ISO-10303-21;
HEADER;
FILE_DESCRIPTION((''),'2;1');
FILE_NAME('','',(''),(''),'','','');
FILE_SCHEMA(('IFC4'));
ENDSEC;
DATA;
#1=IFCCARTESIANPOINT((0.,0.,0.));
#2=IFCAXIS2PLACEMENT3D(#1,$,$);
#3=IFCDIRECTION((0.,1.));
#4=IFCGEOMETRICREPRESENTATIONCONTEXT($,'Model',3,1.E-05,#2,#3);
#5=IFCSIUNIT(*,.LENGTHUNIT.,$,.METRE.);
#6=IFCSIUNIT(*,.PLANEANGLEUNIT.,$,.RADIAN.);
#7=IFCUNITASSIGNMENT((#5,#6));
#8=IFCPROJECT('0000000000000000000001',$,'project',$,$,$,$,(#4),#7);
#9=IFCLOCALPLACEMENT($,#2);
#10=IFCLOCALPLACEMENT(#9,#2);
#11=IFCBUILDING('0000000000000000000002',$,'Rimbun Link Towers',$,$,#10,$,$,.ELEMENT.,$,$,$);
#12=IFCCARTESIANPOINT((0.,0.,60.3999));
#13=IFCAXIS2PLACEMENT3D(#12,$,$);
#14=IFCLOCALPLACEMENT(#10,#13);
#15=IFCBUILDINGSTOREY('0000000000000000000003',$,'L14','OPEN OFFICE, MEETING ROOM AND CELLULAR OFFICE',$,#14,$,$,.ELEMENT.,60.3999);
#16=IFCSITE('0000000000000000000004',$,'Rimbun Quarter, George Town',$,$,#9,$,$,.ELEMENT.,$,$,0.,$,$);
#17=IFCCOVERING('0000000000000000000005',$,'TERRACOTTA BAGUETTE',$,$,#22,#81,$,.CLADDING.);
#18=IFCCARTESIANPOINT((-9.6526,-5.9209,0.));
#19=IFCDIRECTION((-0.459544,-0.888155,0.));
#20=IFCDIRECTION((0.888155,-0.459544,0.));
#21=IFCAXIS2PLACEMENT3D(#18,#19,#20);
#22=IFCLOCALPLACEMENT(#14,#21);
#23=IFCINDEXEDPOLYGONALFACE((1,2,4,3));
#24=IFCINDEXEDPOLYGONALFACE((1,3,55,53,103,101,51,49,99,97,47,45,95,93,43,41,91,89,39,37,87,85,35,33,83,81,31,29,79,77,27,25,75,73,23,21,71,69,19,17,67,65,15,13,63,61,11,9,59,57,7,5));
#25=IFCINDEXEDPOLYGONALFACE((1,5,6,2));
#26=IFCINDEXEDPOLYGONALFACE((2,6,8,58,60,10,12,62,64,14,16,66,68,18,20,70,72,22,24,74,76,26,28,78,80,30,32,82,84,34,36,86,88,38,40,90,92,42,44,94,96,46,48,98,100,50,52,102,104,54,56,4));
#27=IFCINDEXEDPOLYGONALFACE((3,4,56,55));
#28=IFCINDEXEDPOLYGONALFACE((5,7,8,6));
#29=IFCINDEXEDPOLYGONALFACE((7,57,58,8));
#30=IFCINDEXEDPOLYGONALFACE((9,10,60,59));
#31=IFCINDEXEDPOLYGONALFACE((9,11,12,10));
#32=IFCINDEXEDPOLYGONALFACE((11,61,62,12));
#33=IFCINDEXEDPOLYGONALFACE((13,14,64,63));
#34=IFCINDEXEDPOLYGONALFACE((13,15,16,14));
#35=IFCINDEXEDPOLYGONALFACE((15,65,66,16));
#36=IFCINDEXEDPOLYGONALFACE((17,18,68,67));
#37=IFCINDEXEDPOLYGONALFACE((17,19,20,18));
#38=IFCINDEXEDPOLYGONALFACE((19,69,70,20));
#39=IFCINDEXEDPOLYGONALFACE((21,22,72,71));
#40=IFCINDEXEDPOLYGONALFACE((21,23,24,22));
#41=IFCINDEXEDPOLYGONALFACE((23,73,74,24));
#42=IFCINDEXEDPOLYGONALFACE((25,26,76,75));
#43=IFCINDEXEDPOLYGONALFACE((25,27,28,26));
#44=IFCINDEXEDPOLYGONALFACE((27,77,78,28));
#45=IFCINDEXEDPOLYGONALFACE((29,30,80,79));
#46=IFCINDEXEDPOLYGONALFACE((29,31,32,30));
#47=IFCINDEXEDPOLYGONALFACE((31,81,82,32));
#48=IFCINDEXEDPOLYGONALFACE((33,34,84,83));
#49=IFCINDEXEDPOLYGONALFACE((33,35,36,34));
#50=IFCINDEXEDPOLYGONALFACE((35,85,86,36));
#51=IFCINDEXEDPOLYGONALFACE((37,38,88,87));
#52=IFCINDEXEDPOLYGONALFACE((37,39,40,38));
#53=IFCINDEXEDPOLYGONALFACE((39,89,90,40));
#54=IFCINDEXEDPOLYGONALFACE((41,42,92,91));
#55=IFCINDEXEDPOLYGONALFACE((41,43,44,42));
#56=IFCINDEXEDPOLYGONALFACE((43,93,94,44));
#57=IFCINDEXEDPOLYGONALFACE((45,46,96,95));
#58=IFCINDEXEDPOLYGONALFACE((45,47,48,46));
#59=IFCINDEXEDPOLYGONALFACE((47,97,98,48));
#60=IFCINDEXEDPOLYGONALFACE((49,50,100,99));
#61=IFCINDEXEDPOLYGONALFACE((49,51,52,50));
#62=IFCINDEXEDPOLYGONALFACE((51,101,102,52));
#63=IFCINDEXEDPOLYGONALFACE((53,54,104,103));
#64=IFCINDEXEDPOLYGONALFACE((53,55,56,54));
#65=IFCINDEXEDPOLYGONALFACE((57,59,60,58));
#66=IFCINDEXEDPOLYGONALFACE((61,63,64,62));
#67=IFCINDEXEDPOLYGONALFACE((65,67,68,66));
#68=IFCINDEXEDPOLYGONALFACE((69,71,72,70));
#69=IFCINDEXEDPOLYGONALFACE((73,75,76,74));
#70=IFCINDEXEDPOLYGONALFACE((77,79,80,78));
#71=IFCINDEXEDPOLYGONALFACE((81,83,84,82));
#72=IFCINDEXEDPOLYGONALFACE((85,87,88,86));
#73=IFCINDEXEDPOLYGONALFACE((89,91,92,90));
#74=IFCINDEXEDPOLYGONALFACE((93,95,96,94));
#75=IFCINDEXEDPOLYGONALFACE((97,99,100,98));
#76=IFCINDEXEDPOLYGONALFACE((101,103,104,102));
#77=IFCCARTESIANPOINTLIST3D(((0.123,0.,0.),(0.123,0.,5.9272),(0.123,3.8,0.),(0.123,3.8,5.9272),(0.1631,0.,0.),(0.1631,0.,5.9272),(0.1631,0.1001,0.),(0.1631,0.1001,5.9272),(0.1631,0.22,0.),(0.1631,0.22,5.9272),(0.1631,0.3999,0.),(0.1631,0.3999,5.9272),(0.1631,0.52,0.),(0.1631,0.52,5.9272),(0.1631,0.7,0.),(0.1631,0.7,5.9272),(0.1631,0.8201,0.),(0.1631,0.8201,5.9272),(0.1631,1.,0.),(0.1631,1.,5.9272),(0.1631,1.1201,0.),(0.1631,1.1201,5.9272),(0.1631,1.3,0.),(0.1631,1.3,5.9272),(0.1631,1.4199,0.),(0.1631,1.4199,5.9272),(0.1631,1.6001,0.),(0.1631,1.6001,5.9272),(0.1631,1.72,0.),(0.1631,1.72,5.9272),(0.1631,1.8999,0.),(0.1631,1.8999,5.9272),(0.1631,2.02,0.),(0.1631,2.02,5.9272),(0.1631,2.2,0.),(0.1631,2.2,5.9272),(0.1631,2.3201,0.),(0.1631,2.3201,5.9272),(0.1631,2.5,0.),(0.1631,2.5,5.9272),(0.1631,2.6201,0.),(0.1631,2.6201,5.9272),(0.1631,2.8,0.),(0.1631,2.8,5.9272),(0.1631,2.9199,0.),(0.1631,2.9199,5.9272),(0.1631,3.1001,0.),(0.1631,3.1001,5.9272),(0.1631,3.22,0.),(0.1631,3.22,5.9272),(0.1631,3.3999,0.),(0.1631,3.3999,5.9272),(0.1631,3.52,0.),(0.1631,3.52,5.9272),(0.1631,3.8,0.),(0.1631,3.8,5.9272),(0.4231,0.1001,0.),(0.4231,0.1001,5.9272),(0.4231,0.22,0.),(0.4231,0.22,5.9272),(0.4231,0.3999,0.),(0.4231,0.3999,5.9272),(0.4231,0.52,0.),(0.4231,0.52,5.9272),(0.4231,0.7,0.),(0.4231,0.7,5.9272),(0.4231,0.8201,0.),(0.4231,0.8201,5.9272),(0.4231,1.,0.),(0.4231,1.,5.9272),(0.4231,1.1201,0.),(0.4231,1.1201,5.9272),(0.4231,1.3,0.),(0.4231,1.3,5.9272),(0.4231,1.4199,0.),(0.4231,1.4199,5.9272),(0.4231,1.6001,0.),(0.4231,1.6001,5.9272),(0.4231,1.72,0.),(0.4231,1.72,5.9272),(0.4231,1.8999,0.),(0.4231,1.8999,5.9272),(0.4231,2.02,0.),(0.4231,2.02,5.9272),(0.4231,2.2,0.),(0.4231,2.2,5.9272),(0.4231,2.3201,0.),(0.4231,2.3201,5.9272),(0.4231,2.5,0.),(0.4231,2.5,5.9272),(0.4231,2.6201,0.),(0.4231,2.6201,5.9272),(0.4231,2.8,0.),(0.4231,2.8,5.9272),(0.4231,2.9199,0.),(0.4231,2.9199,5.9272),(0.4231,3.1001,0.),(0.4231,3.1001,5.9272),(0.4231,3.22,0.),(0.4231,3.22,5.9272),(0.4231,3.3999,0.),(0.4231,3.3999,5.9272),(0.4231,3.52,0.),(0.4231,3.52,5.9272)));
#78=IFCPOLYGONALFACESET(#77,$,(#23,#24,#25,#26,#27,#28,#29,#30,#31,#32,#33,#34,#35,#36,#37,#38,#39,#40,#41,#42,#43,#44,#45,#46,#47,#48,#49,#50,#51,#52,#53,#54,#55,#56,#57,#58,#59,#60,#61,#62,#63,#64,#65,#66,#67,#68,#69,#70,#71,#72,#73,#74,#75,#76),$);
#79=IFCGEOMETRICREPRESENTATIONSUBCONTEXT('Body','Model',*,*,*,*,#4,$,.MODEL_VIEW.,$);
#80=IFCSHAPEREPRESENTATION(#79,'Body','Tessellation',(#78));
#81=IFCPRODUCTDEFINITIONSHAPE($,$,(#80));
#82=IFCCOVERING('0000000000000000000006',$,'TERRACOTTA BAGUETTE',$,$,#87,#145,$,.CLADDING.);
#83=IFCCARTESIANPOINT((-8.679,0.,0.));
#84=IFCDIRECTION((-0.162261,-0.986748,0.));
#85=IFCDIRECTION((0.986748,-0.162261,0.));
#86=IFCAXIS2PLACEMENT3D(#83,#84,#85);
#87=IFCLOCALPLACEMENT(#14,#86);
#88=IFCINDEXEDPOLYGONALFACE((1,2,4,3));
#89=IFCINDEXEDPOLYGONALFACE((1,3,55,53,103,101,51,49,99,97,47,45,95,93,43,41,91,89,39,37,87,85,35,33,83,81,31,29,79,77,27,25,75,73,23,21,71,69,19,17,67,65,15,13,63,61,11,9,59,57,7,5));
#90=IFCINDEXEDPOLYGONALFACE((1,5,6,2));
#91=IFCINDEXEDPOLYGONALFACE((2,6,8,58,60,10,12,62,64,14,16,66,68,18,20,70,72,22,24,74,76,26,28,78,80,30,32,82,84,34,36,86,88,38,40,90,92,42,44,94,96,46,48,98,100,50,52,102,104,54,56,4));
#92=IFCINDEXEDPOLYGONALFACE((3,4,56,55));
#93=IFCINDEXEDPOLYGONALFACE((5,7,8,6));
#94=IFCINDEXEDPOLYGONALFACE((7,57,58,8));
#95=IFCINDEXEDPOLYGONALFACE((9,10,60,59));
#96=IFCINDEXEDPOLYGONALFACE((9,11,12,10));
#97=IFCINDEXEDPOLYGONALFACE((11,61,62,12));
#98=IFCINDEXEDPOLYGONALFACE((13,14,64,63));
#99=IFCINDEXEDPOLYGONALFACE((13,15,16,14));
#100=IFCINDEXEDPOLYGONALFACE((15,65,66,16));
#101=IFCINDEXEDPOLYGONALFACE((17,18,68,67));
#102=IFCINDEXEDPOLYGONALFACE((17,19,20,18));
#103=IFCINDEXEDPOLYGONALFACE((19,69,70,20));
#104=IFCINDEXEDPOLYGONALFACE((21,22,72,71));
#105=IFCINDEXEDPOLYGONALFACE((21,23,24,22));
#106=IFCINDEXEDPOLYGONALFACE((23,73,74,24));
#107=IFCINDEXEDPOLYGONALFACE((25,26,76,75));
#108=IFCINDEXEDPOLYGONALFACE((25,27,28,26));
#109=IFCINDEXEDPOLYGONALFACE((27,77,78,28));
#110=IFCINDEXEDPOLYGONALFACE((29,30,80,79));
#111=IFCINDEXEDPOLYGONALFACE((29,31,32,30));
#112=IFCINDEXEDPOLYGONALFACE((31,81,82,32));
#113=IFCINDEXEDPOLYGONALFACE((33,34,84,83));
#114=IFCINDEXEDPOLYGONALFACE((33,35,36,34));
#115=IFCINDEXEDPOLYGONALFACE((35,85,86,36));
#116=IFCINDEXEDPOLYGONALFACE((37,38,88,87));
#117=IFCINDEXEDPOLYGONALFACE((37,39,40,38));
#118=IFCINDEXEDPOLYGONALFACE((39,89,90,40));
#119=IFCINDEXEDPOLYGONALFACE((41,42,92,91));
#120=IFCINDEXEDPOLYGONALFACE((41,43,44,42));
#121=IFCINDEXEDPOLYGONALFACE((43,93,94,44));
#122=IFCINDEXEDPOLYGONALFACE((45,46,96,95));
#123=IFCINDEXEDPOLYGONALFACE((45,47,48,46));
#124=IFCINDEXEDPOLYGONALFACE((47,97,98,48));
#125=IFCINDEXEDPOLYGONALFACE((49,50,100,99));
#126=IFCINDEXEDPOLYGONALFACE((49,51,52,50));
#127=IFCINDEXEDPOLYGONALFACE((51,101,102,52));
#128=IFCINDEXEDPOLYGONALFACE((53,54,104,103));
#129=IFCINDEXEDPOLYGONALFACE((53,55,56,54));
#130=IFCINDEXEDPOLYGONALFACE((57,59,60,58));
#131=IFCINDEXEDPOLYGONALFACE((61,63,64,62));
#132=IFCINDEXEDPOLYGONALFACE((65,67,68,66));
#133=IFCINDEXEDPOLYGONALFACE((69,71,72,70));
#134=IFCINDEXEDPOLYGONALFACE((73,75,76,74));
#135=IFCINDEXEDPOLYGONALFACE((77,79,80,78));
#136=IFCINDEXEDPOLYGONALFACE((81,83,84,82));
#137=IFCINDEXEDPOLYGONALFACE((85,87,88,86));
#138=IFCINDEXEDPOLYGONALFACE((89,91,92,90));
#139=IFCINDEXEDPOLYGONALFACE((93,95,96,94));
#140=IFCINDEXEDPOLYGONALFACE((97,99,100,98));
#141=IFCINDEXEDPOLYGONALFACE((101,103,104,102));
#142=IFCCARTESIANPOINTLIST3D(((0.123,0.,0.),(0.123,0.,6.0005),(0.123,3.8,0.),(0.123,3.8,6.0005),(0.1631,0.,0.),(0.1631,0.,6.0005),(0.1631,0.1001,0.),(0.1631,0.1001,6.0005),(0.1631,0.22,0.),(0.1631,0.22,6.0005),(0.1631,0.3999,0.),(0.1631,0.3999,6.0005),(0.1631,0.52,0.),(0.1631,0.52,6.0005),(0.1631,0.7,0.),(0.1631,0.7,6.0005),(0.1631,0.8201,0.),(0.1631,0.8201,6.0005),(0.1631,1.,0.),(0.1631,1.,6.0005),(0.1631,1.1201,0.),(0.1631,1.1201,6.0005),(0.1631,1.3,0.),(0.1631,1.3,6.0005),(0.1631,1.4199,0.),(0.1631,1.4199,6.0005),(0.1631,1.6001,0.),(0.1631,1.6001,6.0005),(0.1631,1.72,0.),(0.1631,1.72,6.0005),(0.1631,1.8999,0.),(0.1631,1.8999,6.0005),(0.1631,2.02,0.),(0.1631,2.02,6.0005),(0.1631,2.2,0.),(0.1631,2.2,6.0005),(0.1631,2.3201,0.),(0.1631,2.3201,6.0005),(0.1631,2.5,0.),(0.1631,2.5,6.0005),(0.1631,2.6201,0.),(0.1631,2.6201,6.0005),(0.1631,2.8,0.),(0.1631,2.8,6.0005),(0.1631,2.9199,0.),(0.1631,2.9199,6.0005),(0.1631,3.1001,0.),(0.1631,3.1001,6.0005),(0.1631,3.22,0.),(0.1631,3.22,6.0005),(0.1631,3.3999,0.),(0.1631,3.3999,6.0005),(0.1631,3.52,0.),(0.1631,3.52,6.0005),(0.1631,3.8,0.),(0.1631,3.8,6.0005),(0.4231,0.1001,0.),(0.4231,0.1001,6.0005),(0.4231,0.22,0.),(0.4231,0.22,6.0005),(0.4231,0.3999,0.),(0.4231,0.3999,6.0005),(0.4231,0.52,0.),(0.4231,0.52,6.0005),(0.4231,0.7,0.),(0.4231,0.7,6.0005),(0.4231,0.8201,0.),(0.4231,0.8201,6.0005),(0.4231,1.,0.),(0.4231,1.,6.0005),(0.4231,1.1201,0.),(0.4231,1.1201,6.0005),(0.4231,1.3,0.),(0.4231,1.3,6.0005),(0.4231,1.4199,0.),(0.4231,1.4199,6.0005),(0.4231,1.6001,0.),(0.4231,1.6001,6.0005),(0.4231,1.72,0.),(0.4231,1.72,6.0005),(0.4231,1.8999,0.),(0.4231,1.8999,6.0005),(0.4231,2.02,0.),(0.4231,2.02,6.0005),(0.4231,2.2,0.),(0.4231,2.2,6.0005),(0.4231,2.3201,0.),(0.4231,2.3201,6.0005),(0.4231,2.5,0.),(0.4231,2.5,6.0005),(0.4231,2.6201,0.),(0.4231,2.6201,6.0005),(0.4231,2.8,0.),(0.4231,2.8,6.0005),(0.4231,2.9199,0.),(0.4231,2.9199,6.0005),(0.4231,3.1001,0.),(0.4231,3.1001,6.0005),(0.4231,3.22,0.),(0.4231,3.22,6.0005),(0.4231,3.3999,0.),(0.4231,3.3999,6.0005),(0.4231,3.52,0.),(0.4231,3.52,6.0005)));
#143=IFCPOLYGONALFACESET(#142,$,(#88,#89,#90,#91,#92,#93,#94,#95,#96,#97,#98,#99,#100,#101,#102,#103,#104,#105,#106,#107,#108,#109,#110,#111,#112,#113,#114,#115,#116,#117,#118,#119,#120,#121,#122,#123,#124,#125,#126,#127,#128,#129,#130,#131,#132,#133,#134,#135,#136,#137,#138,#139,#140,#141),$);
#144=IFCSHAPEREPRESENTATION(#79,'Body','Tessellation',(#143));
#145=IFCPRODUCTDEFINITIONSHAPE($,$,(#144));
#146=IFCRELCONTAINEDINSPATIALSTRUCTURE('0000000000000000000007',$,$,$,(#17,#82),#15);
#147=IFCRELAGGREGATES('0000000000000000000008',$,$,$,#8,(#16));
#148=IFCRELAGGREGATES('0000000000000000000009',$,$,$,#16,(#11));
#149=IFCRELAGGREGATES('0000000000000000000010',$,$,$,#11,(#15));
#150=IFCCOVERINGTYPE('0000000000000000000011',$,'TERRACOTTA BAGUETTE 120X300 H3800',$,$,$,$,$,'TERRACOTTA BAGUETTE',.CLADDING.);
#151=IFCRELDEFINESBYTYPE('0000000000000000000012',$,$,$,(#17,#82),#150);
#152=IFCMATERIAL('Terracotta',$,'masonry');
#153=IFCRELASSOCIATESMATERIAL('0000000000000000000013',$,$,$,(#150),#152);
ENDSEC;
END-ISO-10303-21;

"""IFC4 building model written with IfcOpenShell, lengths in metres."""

from ifc_helpers import new_model, si_unit, direction, frame, origin, place, context, subcontext, project, spatial, polyline, outline, extrude, material, material_profile, profile_set, type_object, element, save


model = new_model("IFC4")

# Units and contexts
model_context = context("Model", 3, precision=1e-05, world=origin(), true_north=direction((0.0, 1.0)))
body_context = subcontext(model_context, "Body", "Model", "MODEL_VIEW")
ifc_project = project(units=[si_unit("LENGTHUNIT", "METRE"), si_unit("PLANEANGLEUNIT", "RADIAN")], contexts=[model_context])

# Site, building, storey
site_placement = place(None, origin())
site = spatial("IfcSite", under=ifc_project, at=site_placement, Name="Rimbun Quarter, George Town", CompositionType="ELEMENT", RefElevation=0.0)
building_placement = place(site_placement, origin())
building = spatial("IfcBuilding", under=site, at=building_placement, Name="Rimbun Link Towers", CompositionType="ELEMENT")
storey_placement = place(building_placement, frame((0.0, 0.0, 60.3999)))
storey = spatial("IfcBuildingStorey", under=building, at=storey_placement, Name="L14", Description="OPEN OFFICE, MEETING ROOM AND CELLULAR OFFICE", CompositionType="ELEMENT", Elevation=60.3999)

# Coverings
ifc_material_1 = material(Name="Terracotta", Category="masonry")
ifc_material_profile_1 = material_profile(ifc_material_1, outline(polyline([(0.123, 0.0), (0.1631, 0.0), (0.1631, 0.1001), (0.4231, 0.1001), (0.4231, 0.22), (0.1631, 0.22), (0.1631, 0.3999), (0.4231, 0.3999), (0.4231, 0.52), (0.1631, 0.52), (0.1631, 0.7), (0.4231, 0.7), (0.4231, 0.8201), (0.1631, 0.8201), (0.1631, 1.0), (0.4231, 1.0), (0.4231, 1.1201), (0.1631, 1.1201), (0.1631, 1.3), (0.4231, 1.3), (0.4231, 1.4199), (0.1631, 1.4199), (0.1631, 1.6001), (0.4231, 1.6001), (0.4231, 1.72), (0.1631, 1.72), (0.1631, 1.8999), (0.4231, 1.8999), (0.4231, 2.02), (0.1631, 2.02), (0.1631, 2.2), (0.4231, 2.2), (0.4231, 2.3201), (0.1631, 2.3201), (0.1631, 2.5), (0.4231, 2.5), (0.4231, 2.6201), (0.1631, 2.6201), (0.1631, 2.8), (0.4231, 2.8), (0.4231, 2.9199), (0.1631, 2.9199), (0.1631, 3.1001), (0.4231, 3.1001), (0.4231, 3.22), (0.1631, 3.22), (0.1631, 3.3999), (0.4231, 3.3999), (0.4231, 3.52), (0.1631, 3.52), (0.1631, 3.8), (0.123, 3.8), (0.123, 0.0)])), Name="BAGUETTE 120X300")
ifc_profile_set_1 = profile_set([ifc_material_profile_1], Name="Terracotta")
covering_type = type_object("IfcCoveringType", Name="TERRACOTTA BAGUETTE 120X300 H3800", ElementType="TERRACOTTA BAGUETTE", PredefinedType="CLADDING", material=ifc_profile_set_1)
covering_1_placement = place(storey_placement, frame((-9.6526, -5.9209, 0.0), z_axis=(-0.459544, -0.888155, 0.0), x_axis=(0.888155, -0.459544, 0.0)))
element("IfcCovering", 1, at=covering_1_placement, inside=storey, type_object=covering_type, Name="TERRACOTTA BAGUETTE", PredefinedType="CLADDING", context=body_context, shape_type="SweptSolid", body=[
    extrude(outline(polyline([(0.123, 0.0), (0.1631, 0.0), (0.1631, 0.1001), (0.4231, 0.1001), (0.4231, 0.22), (0.1631, 0.22), (0.1631, 0.3999), (0.4231, 0.3999), (0.4231, 0.52), (0.1631, 0.52), (0.1631, 0.7), (0.4231, 0.7), (0.4231, 0.8201), (0.1631, 0.8201), (0.1631, 1.0), (0.4231, 1.0), (0.4231, 1.1201), (0.1631, 1.1201), (0.1631, 1.3), (0.4231, 1.3), (0.4231, 1.4199), (0.1631, 1.4199), (0.1631, 1.6001), (0.4231, 1.6001), (0.4231, 1.72), (0.1631, 1.72), (0.1631, 1.8999), (0.4231, 1.8999), (0.4231, 2.02), (0.1631, 2.02), (0.1631, 2.2), (0.4231, 2.2), (0.4231, 2.3201), (0.1631, 2.3201), (0.1631, 2.5), (0.4231, 2.5), (0.4231, 2.6201), (0.1631, 2.6201), (0.1631, 2.8), (0.4231, 2.8), (0.4231, 2.9199), (0.1631, 2.9199), (0.1631, 3.1001), (0.4231, 3.1001), (0.4231, 3.22), (0.1631, 3.22), (0.1631, 3.3999), (0.4231, 3.3999), (0.4231, 3.52), (0.1631, 3.52), (0.1631, 3.8), (0.123, 3.8), (0.123, 0.0)])), origin(), (0.0, 0.0, 1.0), 5.9272),
])
covering_2_placement = place(storey_placement, frame((-8.679, 0.0, 0.0), z_axis=(-0.162261, -0.986748, 0.0), x_axis=(0.986748, -0.162261, 0.0)))
element("IfcCovering", 2, at=covering_2_placement, inside=storey, type_object=covering_type, Name="TERRACOTTA BAGUETTE", PredefinedType="CLADDING", context=body_context, shape_type="SweptSolid", body=[
    extrude(outline(polyline([(0.123, 0.0), (0.1631, 0.0), (0.1631, 0.1001), (0.4231, 0.1001), (0.4231, 0.22), (0.1631, 0.22), (0.1631, 0.3999), (0.4231, 0.3999), (0.4231, 0.52), (0.1631, 0.52), (0.1631, 0.7), (0.4231, 0.7), (0.4231, 0.8201), (0.1631, 0.8201), (0.1631, 1.0), (0.4231, 1.0), (0.4231, 1.1201), (0.1631, 1.1201), (0.1631, 1.3), (0.4231, 1.3), (0.4231, 1.4199), (0.1631, 1.4199), (0.1631, 1.6001), (0.4231, 1.6001), (0.4231, 1.72), (0.1631, 1.72), (0.1631, 1.8999), (0.4231, 1.8999), (0.4231, 2.02), (0.1631, 2.02), (0.1631, 2.2), (0.4231, 2.2), (0.4231, 2.3201), (0.1631, 2.3201), (0.1631, 2.5), (0.4231, 2.5), (0.4231, 2.6201), (0.1631, 2.6201), (0.1631, 2.8), (0.4231, 2.8), (0.4231, 2.9199), (0.1631, 2.9199), (0.1631, 3.1001), (0.4231, 3.1001), (0.4231, 3.22), (0.1631, 3.22), (0.1631, 3.3999), (0.4231, 3.3999), (0.4231, 3.52), (0.1631, 3.52), (0.1631, 3.8), (0.123, 3.8), (0.123, 0.0)])), origin(), (0.0, 0.0, 1.0), 6.0005),
])

save(model, "model.ifc")
